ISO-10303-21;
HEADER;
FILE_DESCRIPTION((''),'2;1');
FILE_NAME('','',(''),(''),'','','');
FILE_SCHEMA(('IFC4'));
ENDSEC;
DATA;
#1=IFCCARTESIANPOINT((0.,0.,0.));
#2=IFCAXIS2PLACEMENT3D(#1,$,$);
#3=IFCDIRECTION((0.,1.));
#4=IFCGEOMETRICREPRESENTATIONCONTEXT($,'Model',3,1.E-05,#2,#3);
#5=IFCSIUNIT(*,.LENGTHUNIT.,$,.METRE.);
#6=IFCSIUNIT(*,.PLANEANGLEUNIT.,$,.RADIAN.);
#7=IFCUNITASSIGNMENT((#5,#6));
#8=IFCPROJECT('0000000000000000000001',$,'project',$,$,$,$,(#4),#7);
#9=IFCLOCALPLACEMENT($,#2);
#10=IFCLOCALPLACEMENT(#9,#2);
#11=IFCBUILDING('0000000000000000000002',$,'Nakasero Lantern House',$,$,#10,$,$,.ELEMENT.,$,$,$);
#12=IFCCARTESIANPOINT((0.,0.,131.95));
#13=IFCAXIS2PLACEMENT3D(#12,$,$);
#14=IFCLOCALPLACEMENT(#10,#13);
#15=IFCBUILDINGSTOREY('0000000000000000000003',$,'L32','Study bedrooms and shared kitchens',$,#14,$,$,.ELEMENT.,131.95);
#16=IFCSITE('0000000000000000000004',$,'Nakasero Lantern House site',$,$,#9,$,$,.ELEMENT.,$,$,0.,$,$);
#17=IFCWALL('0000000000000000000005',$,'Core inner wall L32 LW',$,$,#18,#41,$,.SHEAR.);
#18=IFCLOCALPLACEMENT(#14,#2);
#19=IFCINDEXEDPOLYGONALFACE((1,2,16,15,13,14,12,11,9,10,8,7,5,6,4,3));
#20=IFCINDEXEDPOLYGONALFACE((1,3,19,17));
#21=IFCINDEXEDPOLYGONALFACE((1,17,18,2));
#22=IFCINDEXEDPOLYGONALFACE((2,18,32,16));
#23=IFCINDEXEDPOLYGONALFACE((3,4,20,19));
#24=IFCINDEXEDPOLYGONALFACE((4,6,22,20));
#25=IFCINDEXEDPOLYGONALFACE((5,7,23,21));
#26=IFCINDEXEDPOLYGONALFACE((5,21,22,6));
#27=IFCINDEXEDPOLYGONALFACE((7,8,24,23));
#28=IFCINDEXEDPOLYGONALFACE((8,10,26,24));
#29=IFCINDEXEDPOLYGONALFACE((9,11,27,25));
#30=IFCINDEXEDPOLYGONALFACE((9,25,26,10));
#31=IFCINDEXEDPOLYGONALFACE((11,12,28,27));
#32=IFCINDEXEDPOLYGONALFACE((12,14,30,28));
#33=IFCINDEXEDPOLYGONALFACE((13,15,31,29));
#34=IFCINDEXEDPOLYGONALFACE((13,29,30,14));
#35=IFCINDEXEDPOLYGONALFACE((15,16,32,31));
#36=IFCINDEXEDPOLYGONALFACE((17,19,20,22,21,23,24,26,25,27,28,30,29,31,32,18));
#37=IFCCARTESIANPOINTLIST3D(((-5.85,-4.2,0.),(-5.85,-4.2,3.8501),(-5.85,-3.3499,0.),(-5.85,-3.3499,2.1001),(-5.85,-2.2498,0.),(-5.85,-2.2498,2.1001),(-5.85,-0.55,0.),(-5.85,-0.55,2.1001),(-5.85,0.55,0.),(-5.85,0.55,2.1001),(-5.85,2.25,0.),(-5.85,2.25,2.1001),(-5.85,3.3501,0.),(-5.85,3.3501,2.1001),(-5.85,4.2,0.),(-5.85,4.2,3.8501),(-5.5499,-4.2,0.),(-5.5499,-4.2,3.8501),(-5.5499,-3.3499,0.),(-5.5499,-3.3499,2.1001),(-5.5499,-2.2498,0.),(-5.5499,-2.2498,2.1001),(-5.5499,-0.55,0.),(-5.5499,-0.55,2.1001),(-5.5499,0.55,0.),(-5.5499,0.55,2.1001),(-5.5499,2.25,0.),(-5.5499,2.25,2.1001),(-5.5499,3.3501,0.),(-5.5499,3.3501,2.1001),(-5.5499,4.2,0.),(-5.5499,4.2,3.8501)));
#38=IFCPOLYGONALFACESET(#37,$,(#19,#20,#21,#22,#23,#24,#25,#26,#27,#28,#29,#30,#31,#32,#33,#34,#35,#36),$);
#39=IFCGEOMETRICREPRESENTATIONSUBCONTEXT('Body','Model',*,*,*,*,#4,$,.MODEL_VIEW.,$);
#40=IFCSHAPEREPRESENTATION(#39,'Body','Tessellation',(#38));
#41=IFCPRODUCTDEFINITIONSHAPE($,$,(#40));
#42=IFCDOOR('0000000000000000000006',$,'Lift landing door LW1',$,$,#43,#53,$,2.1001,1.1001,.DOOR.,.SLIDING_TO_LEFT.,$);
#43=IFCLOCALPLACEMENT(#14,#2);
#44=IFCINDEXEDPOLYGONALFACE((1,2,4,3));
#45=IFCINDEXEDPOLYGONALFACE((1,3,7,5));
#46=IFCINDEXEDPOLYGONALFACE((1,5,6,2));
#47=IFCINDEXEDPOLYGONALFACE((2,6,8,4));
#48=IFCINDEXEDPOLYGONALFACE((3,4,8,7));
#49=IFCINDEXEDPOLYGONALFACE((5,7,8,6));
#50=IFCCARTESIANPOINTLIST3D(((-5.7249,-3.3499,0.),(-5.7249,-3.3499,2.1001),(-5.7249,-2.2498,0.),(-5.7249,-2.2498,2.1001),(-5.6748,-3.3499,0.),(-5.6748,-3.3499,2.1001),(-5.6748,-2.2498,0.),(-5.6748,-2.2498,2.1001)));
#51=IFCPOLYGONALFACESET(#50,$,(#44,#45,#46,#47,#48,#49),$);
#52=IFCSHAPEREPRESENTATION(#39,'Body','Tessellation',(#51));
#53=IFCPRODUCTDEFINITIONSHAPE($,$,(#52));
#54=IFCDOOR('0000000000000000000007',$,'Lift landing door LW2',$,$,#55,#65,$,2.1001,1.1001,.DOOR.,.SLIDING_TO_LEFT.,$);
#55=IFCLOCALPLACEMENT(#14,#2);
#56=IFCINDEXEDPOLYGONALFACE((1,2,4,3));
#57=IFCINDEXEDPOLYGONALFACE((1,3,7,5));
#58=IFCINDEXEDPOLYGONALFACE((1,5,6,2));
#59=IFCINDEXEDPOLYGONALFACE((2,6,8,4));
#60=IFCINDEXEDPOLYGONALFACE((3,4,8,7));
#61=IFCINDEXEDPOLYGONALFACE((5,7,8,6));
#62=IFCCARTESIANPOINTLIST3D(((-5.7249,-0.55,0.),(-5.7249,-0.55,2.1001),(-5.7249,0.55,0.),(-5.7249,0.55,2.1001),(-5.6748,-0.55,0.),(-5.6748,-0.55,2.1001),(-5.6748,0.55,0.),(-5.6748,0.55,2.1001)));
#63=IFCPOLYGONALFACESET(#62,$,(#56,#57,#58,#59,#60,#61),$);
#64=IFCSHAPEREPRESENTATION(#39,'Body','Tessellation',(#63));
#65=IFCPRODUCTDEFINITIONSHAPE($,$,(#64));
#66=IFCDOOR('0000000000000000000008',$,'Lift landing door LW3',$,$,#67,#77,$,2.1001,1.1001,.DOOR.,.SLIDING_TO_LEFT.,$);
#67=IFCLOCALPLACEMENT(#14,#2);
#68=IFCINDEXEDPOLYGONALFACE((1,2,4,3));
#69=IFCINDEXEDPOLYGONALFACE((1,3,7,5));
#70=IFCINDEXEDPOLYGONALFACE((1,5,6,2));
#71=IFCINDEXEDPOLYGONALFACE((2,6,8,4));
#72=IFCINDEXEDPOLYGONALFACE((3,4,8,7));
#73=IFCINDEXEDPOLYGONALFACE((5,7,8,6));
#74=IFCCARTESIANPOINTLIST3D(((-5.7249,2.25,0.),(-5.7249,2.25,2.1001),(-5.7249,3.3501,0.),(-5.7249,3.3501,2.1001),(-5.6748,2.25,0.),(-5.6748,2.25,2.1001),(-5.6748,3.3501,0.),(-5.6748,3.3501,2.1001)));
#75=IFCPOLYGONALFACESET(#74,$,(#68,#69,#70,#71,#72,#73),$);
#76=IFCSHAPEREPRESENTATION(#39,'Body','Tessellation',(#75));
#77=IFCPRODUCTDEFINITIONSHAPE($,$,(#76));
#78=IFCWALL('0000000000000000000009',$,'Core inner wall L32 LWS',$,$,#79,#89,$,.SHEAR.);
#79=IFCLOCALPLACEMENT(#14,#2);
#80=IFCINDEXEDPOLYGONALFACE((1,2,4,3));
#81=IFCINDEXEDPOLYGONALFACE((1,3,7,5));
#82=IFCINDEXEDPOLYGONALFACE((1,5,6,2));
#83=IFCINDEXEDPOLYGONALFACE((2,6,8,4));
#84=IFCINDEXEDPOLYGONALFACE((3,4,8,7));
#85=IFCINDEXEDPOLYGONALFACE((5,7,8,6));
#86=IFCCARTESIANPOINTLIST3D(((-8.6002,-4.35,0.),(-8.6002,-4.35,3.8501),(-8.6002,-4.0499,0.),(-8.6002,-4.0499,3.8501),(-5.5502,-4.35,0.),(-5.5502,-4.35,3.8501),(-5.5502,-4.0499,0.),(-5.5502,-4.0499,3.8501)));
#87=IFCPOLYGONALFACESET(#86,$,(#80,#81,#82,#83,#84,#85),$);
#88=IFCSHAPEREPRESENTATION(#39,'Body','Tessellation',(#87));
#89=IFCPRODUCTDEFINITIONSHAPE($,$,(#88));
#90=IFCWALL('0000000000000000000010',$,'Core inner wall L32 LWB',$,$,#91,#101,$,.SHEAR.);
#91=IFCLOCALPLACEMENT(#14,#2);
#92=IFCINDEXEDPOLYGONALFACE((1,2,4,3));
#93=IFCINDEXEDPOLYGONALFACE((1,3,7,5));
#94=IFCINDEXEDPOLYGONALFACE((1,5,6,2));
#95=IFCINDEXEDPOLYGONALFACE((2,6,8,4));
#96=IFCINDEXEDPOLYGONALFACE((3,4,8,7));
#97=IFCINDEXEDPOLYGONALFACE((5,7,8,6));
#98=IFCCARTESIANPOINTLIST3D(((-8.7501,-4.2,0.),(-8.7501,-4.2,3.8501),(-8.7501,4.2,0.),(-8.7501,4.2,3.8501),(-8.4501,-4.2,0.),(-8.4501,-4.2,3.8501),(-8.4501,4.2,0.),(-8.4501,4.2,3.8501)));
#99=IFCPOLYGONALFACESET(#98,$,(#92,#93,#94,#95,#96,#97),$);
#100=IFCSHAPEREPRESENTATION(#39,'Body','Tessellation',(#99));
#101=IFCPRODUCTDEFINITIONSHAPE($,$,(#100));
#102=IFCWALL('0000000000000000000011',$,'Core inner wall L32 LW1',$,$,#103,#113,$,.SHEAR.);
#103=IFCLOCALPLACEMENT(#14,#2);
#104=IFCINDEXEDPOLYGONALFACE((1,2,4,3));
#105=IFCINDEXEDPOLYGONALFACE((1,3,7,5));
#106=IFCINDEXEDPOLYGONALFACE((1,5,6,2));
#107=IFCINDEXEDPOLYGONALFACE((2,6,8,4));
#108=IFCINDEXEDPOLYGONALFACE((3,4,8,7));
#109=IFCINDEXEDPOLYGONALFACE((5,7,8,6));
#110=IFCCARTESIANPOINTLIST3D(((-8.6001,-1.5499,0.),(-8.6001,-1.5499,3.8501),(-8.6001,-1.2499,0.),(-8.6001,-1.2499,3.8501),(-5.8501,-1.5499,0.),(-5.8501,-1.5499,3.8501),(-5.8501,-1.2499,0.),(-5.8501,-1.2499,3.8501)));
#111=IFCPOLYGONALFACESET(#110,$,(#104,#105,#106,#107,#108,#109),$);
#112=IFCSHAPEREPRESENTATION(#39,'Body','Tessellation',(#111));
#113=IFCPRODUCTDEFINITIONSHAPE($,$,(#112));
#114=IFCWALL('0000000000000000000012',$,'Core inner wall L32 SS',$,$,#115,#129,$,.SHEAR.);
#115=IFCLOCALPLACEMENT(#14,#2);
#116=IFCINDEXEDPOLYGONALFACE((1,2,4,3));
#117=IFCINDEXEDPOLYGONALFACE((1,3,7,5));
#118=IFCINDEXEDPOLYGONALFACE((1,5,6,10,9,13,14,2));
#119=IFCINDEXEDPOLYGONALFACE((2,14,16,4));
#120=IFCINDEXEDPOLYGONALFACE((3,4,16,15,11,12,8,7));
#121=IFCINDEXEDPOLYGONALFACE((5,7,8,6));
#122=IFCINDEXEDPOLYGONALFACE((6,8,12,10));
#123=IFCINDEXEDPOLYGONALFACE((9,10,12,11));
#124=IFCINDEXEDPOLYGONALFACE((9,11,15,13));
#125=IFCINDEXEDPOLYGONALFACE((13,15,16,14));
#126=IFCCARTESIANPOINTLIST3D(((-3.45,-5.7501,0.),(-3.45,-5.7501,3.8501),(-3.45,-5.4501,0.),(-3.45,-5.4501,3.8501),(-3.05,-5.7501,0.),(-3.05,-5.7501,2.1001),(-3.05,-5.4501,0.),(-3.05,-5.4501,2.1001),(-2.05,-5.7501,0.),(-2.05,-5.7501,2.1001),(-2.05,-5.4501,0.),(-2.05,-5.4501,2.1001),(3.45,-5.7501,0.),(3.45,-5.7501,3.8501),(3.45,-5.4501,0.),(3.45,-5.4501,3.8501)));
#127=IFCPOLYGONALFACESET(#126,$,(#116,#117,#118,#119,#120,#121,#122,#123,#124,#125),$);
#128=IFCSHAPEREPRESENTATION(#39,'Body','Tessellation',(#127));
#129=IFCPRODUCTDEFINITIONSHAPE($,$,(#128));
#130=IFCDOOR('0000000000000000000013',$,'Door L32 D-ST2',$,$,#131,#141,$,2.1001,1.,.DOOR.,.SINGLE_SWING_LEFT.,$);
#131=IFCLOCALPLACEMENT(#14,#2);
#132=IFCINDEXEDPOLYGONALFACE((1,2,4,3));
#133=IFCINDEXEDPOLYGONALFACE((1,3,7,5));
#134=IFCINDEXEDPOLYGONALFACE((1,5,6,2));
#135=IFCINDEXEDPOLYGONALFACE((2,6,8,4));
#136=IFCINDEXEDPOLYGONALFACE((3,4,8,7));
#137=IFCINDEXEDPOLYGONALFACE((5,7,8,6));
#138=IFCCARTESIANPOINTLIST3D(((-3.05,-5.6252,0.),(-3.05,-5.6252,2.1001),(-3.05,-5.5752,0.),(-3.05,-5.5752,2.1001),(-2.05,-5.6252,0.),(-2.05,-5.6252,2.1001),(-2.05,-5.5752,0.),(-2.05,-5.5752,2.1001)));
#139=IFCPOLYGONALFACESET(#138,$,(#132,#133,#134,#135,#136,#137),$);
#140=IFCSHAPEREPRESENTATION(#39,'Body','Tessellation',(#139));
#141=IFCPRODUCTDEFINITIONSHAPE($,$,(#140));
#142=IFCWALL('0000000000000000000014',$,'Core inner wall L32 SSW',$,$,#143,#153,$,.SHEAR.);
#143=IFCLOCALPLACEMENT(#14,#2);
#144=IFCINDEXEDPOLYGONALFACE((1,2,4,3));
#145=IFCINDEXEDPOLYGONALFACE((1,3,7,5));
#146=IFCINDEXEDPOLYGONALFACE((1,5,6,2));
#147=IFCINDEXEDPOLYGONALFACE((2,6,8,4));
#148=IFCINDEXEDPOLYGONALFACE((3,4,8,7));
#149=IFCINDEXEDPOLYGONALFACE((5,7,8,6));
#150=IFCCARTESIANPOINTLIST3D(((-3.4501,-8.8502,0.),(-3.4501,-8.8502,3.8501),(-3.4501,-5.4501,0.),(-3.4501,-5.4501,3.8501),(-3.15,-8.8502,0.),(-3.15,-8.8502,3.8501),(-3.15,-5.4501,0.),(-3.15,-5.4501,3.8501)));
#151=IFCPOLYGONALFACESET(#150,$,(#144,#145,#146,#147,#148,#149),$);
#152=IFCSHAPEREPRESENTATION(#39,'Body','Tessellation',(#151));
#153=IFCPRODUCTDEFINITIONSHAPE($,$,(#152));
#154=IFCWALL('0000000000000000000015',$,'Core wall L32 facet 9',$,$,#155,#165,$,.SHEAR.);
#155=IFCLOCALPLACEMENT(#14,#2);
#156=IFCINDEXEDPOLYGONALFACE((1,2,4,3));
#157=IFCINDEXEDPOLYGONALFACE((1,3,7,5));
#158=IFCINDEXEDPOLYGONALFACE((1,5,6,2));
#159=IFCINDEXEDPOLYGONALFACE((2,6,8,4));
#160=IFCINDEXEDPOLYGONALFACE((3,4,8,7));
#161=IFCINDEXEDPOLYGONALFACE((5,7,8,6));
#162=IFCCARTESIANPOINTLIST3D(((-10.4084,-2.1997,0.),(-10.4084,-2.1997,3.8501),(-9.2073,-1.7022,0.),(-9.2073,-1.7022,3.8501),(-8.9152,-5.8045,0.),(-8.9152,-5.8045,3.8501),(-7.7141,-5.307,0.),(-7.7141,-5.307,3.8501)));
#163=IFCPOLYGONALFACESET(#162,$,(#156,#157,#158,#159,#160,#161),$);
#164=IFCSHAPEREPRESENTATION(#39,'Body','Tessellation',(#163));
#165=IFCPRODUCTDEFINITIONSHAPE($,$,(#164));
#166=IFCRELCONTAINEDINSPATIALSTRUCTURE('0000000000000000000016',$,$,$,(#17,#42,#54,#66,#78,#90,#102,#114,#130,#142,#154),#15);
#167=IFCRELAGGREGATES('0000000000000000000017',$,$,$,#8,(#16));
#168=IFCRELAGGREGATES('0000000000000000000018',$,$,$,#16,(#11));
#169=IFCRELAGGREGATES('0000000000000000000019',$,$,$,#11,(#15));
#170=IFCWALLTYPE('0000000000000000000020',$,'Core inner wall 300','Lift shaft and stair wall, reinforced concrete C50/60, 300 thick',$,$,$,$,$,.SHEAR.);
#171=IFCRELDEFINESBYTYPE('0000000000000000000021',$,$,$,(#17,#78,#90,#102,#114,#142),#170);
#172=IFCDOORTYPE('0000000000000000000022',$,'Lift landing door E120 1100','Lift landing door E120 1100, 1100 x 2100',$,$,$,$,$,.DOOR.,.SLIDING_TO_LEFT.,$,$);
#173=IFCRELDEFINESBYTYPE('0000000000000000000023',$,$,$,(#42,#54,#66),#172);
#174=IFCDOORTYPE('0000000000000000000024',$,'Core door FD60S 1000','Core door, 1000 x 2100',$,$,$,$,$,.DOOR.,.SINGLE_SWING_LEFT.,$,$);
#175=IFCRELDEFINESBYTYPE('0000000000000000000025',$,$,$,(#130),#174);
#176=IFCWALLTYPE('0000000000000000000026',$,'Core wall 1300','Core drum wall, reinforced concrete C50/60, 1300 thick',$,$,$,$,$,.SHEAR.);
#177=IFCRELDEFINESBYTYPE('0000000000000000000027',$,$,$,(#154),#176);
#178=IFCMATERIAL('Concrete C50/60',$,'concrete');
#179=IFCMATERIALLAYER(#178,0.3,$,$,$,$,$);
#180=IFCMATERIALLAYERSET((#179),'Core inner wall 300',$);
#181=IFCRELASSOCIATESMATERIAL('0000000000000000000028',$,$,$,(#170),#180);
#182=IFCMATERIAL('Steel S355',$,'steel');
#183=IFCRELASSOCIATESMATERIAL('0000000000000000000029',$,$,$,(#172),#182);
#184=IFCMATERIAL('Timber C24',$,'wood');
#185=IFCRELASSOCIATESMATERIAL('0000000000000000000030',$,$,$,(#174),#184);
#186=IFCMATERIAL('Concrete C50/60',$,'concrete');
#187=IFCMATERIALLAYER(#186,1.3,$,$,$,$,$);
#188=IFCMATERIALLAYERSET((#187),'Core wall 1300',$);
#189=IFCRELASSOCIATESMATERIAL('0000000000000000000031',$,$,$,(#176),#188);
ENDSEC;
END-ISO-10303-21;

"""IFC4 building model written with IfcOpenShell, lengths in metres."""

from ifc_helpers import new_model, si_unit, direction, frame, frame_2d, origin, place, context, subcontext, project, spatial, rectangle, extrude, material, layer, layer_set, type_object, element, fill, save


model = new_model("IFC4")

# Units and contexts
model_context = context("Model", 3, precision=1e-05, world=origin(), true_north=direction((0.0, 1.0)))
body_context = subcontext(model_context, "Body", "Model", "MODEL_VIEW")
ifc_project = project(units=[si_unit("LENGTHUNIT", "METRE"), si_unit("PLANEANGLEUNIT", "RADIAN")], contexts=[model_context])

# Site, building, storey
site_placement = place(None, origin())
site = spatial("IfcSite", under=ifc_project, at=site_placement, Name="Nakasero Lantern House site", CompositionType="ELEMENT", RefElevation=0.0)
building_placement = place(site_placement, origin())
building = spatial("IfcBuilding", under=site, at=building_placement, Name="Nakasero Lantern House", CompositionType="ELEMENT")
storey_placement = place(building_placement, frame((0.0, 0.0, 131.95)))
storey = spatial("IfcBuildingStorey", under=building, at=storey_placement, Name="L32", Description="Study bedrooms and shared kitchens", CompositionType="ELEMENT", Elevation=131.95)

# Wall, openings, doors
ifc_material_1 = material(Name="Concrete C50/60", Category="concrete")
ifc_layer_1 = layer(ifc_material_1, 0.3)
ifc_layer_set_1 = layer_set([ifc_layer_1], Name="Core inner wall 300")
wall_type_1 = type_object("IfcWallType", Name="Core inner wall 300", Description="Lift shaft and stair wall, reinforced concrete C50/60, 300 thick", PredefinedType="SHEAR", material=ifc_layer_set_1)
wall_1_placement = place(storey_placement, frame((-5.7, -4.2, 0.0), z_axis=(0.0, 0.0, 1.0), x_axis=(0.0, 1.0, 0.0)))
wall_1 = element("IfcWall", 1, at=wall_1_placement, inside=storey, type_object=wall_type_1, Name="Core inner wall L32 LW", PredefinedType="SHEAR", context=body_context, shape_type="SweptSolid", body=[
    extrude(rectangle(XDim=8.3999, YDim=0.3, at=frame_2d((4.2, 0.0))), origin(), (0.0, 0.0, 1.0), 3.8501),
])
opening_1_placement = place(wall_1_placement, frame((0.8501, 0.0, 0.0)))
opening_1 = element("IfcOpeningElement", 2, at=opening_1_placement, cuts=wall_1, PredefinedType="OPENING", context=body_context, shape_type="SweptSolid", body=[
    extrude(rectangle(XDim=1.1001, YDim=2.1001, at=frame_2d((0.55, 1.05))), frame((0.0, 0.1699, 0.0), z_axis=(0.0, -1.0, 0.0), x_axis=(1.0, 0.0, 0.0)), (0.0, 0.0, 1.0), 0.3401),
])
opening_2_placement = place(wall_1_placement, frame((3.6499, 0.0, 0.0)))
opening_2 = element("IfcOpeningElement", 3, at=opening_2_placement, cuts=wall_1, PredefinedType="OPENING", context=body_context, shape_type="SweptSolid", body=[
    extrude(rectangle(XDim=1.1001, YDim=2.1001, at=frame_2d((0.55, 1.05))), frame((0.0, 0.1699, 0.0), z_axis=(0.0, -1.0, 0.0), x_axis=(1.0, 0.0, 0.0)), (0.0, 0.0, 1.0), 0.3401),
])
opening_3_placement = place(wall_1_placement, frame((6.45, 0.0, 0.0)))
opening_3 = element("IfcOpeningElement", 4, at=opening_3_placement, cuts=wall_1, PredefinedType="OPENING", context=body_context, shape_type="SweptSolid", body=[
    extrude(rectangle(XDim=1.1001, YDim=2.1001, at=frame_2d((0.55, 1.05))), frame((0.0, 0.1699, 0.0), z_axis=(0.0, -1.0, 0.0), x_axis=(1.0, 0.0, 0.0)), (0.0, 0.0, 1.0), 0.3401),
])
ifc_material_2 = material(Name="Steel S355", Category="steel")
door_type_1 = type_object("IfcDoorType", Name="Lift landing door E120 1100", Description="Lift landing door E120 1100, 1100 x 2100", OperationType="SLIDING_TO_LEFT", PredefinedType="DOOR", material=ifc_material_2)
door_1_placement = place(opening_1_placement, origin())
door_1 = element("IfcDoor", 5, at=door_1_placement, inside=storey, type_object=door_type_1, Name="Lift landing door LW1", OperationType="SLIDING_TO_LEFT", OverallHeight=2.1001, OverallWidth=1.1001, PredefinedType="DOOR", context=body_context, shape_type="SweptSolid", body=[
    extrude(rectangle(XDim=1.1001, YDim=2.1001, at=frame_2d((0.55, 1.05))), frame((0.0, 0.0249, 0.0), z_axis=(0.0, -1.0, 0.0), x_axis=(1.0, 0.0, 0.0)), (0.0, 0.0, 1.0), 0.05),
])
fill(opening_1, door_1)
door_2_placement = place(opening_2_placement, origin())
door_2 = element("IfcDoor", 6, at=door_2_placement, inside=storey, type_object=door_type_1, Name="Lift landing door LW2", OperationType="SLIDING_TO_LEFT", OverallHeight=2.1001, OverallWidth=1.1001, PredefinedType="DOOR", context=body_context, shape_type="SweptSolid", body=[
    extrude(rectangle(XDim=1.1001, YDim=2.1001, at=frame_2d((0.55, 1.05))), frame((0.0, 0.0249, 0.0), z_axis=(0.0, -1.0, 0.0), x_axis=(1.0, 0.0, 0.0)), (0.0, 0.0, 1.0), 0.05),
])
fill(opening_2, door_2)
door_3_placement = place(opening_3_placement, origin())
door_3 = element("IfcDoor", 7, at=door_3_placement, inside=storey, type_object=door_type_1, Name="Lift landing door LW3", OperationType="SLIDING_TO_LEFT", OverallHeight=2.1001, OverallWidth=1.1001, PredefinedType="DOOR", context=body_context, shape_type="SweptSolid", body=[
    extrude(rectangle(XDim=1.1001, YDim=2.1001, at=frame_2d((0.55, 1.05))), frame((0.0, 0.0249, 0.0), z_axis=(0.0, -1.0, 0.0), x_axis=(1.0, 0.0, 0.0)), (0.0, 0.0, 1.0), 0.05),
])
fill(opening_3, door_3)

# Walls
wall_2_placement = place(storey_placement, frame((-8.6001, -4.2, 0.0), z_axis=(0.0, 0.0, 1.0), x_axis=(1.0, 0.0, 0.0)))
element("IfcWall", 8, at=wall_2_placement, inside=storey, type_object=wall_type_1, Name="Core inner wall L32 LWS", PredefinedType="SHEAR", context=body_context, shape_type="SweptSolid", body=[
    extrude(rectangle(XDim=3.05, YDim=0.3, at=frame_2d((1.5249, 0.0))), origin(), (0.0, 0.0, 1.0), 3.8501),
])
wall_3_placement = place(storey_placement, frame((-8.6001, -4.2, 0.0), z_axis=(0.0, 0.0, 1.0), x_axis=(0.0, 1.0, 0.0)))
element("IfcWall", 9, at=wall_3_placement, inside=storey, type_object=wall_type_1, Name="Core inner wall L32 LWB", PredefinedType="SHEAR", context=body_context, shape_type="SweptSolid", body=[
    extrude(rectangle(XDim=8.3999, YDim=0.3, at=frame_2d((4.2, 0.0))), origin(), (0.0, 0.0, 1.0), 3.8501),
])
wall_4_placement = place(storey_placement, frame((-8.6001, -1.3999, 0.0), z_axis=(0.0, 0.0, 1.0), x_axis=(1.0, 0.0, 0.0)))
element("IfcWall", 10, at=wall_4_placement, inside=storey, type_object=wall_type_1, Name="Core inner wall L32 LW1", PredefinedType="SHEAR", context=body_context, shape_type="SweptSolid", body=[
    extrude(rectangle(XDim=2.75, YDim=0.3, at=frame_2d((1.375, 0.0))), origin(), (0.0, 0.0, 1.0), 3.8501),
])

# Wall, opening, door
wall_5_placement = place(storey_placement, frame((-3.45, -5.6001, 0.0), z_axis=(0.0, 0.0, 1.0), x_axis=(1.0, 0.0, 0.0)))
wall_5 = element("IfcWall", 11, at=wall_5_placement, inside=storey, type_object=wall_type_1, Name="Core inner wall L32 SS", PredefinedType="SHEAR", context=body_context, shape_type="SweptSolid", body=[
    extrude(rectangle(XDim=6.8999, YDim=0.3, at=frame_2d((3.45, 0.0))), origin(), (0.0, 0.0, 1.0), 3.8501),
])
opening_4_placement = place(wall_5_placement, frame((0.3999, 0.0, 0.0)))
opening_4 = element("IfcOpeningElement", 12, at=opening_4_placement, cuts=wall_5, PredefinedType="OPENING", context=body_context, shape_type="SweptSolid", body=[
    extrude(rectangle(XDim=1.0, YDim=2.1001, at=frame_2d((0.5, 1.05))), frame((0.0, 0.1699, 0.0), z_axis=(0.0, -1.0, 0.0), x_axis=(1.0, 0.0, 0.0)), (0.0, 0.0, 1.0), 0.3401),
])
ifc_material_3 = material(Name="Timber C24", Category="wood")
door_type_2 = type_object("IfcDoorType", Name="Core door FD60S 1000", Description="Core door, 1000 x 2100", OperationType="SINGLE_SWING_LEFT", PredefinedType="DOOR", material=ifc_material_3)
door_4_placement = place(opening_4_placement, origin())
door_4 = element("IfcDoor", 13, at=door_4_placement, inside=storey, type_object=door_type_2, Name="Door L32 D-ST2", OperationType="SINGLE_SWING_LEFT", OverallHeight=2.1001, OverallWidth=1.0, PredefinedType="DOOR", context=body_context, shape_type="SweptSolid", body=[
    extrude(rectangle(XDim=1.0, YDim=2.1001, at=frame_2d((0.5, 1.05))), frame((0.0, 0.0249, 0.0), z_axis=(0.0, -1.0, 0.0), x_axis=(1.0, 0.0, 0.0)), (0.0, 0.0, 1.0), 0.05),
])
fill(opening_4, door_4)

# Walls
wall_6_placement = place(storey_placement, frame((-3.3, -5.45, 0.0), z_axis=(0.0, 0.0, 1.0), x_axis=(0.0, -1.0, 0.0)))
element("IfcWall", 14, at=wall_6_placement, inside=storey, type_object=wall_type_1, Name="Core inner wall L32 SSW", PredefinedType="SHEAR", context=body_context, shape_type="SweptSolid", body=[
    extrude(rectangle(XDim=3.4001, YDim=0.3, at=frame_2d((1.7002, 0.0))), origin(), (0.0, 0.0, 1.0), 3.8501),
])
ifc_material_4 = material(Name="Concrete C50/60", Category="concrete")
ifc_layer_2 = layer(ifc_material_4, 1.3)
ifc_layer_set_2 = layer_set([ifc_layer_2], Name="Core wall 1300")
wall_type_2 = type_object("IfcWallType", Name="Core wall 1300", Description="Core drum wall, reinforced concrete C50/60, 1300 thick", PredefinedType="SHEAR", material=ifc_layer_set_2)
wall_7_placement = place(storey_placement, frame((-9.8079, -1.9509, 0.0), z_axis=(0.0, 0.0, 1.0), x_axis=(0.382691, -0.923877, 0.0)))
element("IfcWall", 15, at=wall_7_placement, inside=storey, type_object=wall_type_2, Name="Core wall L32 facet 9", PredefinedType="SHEAR", context=body_context, shape_type="SweptSolid", body=[
    extrude(rectangle(XDim=3.9019, YDim=1.3, at=frame_2d((1.9509, 0.0))), origin(), (0.0, 0.0, 1.0), 3.8501),
])

save(model, "model.ifc")
